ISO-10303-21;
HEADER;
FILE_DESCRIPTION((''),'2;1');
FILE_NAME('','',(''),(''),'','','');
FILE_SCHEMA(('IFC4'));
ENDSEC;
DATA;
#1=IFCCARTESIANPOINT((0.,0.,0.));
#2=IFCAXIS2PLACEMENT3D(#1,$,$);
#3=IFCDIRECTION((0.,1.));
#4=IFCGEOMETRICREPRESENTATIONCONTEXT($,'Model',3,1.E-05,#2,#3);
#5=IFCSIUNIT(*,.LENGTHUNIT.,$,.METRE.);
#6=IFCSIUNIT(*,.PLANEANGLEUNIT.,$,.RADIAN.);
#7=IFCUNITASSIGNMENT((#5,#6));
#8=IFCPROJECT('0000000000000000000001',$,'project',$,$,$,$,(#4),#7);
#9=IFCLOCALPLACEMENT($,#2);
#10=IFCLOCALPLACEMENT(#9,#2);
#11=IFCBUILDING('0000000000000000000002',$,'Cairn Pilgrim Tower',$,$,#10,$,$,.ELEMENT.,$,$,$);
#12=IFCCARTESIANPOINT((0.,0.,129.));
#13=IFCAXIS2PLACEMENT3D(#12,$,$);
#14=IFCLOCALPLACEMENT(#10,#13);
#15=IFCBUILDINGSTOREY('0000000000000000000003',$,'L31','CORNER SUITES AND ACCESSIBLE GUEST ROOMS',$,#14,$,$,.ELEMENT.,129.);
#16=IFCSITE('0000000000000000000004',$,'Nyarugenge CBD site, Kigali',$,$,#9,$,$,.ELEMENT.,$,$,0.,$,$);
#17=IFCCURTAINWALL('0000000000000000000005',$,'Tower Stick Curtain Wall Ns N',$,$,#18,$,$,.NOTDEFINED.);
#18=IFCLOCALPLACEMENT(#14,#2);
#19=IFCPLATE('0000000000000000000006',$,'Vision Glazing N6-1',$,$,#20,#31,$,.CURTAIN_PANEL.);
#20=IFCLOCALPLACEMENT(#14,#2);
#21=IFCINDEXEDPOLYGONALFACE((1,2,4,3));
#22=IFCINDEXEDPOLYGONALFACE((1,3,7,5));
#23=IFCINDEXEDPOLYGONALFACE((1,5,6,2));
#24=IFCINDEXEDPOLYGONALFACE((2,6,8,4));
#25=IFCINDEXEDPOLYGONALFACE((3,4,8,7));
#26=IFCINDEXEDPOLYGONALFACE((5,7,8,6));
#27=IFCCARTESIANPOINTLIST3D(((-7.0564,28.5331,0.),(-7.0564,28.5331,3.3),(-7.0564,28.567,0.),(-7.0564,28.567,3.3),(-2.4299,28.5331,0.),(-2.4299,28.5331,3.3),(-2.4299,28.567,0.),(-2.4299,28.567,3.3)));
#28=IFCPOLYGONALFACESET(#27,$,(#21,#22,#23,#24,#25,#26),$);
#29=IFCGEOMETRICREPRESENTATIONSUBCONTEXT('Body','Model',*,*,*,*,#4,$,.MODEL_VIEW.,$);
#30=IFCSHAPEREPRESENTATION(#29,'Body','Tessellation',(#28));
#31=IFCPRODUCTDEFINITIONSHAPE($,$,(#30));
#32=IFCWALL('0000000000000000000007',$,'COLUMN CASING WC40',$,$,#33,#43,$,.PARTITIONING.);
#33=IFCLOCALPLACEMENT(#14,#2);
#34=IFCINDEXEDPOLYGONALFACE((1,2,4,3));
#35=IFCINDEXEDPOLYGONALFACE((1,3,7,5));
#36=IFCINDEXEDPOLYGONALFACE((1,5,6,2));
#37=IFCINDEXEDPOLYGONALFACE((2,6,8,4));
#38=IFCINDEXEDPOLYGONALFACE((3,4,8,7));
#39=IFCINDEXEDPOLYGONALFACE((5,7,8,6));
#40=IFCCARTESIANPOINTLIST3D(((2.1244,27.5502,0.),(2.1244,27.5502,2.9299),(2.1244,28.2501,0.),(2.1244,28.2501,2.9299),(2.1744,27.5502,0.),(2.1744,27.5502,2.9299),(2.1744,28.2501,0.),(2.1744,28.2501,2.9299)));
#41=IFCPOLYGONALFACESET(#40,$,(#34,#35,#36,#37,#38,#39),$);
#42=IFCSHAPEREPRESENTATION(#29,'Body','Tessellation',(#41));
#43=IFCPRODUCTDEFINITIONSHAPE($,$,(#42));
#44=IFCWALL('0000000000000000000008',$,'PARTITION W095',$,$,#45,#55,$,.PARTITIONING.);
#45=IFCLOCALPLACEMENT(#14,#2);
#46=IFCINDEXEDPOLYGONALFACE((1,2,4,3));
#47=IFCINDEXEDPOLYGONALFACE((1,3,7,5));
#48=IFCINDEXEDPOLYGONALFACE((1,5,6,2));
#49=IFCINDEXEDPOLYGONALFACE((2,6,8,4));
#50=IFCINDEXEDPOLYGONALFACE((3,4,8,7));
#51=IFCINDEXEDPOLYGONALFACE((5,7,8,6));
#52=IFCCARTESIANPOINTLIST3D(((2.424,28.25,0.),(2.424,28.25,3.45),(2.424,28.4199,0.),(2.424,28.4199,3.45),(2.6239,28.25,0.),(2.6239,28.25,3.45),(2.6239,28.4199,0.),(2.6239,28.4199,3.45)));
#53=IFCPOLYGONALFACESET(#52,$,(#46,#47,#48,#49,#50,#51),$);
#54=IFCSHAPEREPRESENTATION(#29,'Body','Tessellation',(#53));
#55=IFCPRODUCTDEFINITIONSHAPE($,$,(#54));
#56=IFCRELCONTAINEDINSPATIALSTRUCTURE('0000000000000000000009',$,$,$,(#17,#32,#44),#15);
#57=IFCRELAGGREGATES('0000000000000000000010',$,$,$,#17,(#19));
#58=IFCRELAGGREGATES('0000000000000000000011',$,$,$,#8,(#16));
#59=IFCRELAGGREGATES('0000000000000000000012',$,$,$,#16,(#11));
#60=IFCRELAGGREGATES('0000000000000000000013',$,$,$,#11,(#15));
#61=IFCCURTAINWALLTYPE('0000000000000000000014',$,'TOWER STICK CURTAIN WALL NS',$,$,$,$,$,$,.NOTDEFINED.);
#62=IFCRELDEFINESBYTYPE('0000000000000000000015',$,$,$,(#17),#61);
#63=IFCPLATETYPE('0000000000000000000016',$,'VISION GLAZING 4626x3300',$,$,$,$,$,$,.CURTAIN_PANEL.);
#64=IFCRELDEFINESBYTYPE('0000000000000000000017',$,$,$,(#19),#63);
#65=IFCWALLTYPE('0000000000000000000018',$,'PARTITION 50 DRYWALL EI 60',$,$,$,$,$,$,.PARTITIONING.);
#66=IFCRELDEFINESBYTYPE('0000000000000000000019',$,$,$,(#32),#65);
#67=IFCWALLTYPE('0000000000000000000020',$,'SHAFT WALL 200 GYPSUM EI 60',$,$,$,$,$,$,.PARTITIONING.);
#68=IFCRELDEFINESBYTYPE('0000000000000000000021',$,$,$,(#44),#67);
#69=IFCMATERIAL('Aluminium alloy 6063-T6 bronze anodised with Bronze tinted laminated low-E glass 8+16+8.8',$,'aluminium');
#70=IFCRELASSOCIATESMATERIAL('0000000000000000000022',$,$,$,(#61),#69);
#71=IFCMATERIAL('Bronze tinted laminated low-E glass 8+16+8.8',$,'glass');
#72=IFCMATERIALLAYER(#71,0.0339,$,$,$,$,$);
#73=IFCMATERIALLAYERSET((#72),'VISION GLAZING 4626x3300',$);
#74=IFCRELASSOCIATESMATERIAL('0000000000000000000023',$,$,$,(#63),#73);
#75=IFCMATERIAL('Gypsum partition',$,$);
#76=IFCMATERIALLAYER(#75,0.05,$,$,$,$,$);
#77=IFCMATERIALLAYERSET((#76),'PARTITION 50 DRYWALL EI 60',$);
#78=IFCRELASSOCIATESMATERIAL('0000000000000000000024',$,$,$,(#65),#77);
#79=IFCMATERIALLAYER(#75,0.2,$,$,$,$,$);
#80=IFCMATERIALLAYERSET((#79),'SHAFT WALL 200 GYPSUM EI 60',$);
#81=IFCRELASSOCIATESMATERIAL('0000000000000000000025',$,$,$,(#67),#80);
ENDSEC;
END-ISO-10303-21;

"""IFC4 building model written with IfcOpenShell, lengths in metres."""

from ifc_helpers import new_model, si_unit, direction, frame, frame_2d, origin, origin_2d, place, context, subcontext, project, spatial, rectangle, extrude, material, layer, layer_set, type_object, element, aggregate, save


model = new_model("IFC4")

# Units and contexts
model_context = context("Model", 3, precision=1e-05, world=origin(), true_north=direction((0.0, 1.0)))
body_context = subcontext(model_context, "Body", "Model", "MODEL_VIEW")
ifc_project = project(units=[si_unit("LENGTHUNIT", "METRE"), si_unit("PLANEANGLEUNIT", "RADIAN")], contexts=[model_context])

# Site, building, storey
site_placement = place(None, origin())
site = spatial("IfcSite", under=ifc_project, at=site_placement, Name="Nyarugenge CBD site, Kigali", CompositionType="ELEMENT", RefElevation=0.0)
building_placement = place(site_placement, origin())
building = spatial("IfcBuilding", under=site, at=building_placement, Name="Cairn Pilgrim Tower", CompositionType="ELEMENT")
storey_placement = place(building_placement, frame((0.0, 0.0, 129.0)))
storey = spatial("IfcBuildingStorey", under=building, at=storey_placement, Name="L31", Description="CORNER SUITES AND ACCESSIBLE GUEST ROOMS", CompositionType="ELEMENT", Elevation=129.0)

# Curtain wall
ifc_material_1 = material(Name="Aluminium alloy 6063-T6 bronze anodised with Bronze tinted laminated low-E glass 8+16+8.8", Category="aluminium")
curtain_wall_type_1 = type_object("IfcCurtainWallType", Name="TOWER STICK CURTAIN WALL NS", PredefinedType="NOTDEFINED", material=ifc_material_1)
curtain_wall_1_placement = place(storey_placement, origin())
curtain_wall_1 = element("IfcCurtainWall", 1, at=curtain_wall_1_placement, inside=storey, type_object=curtain_wall_type_1, Name="Tower Stick Curtain Wall Ns N", PredefinedType="NOTDEFINED")

# Plate
ifc_material_2 = material(Name="Bronze tinted laminated low-E glass 8+16+8.8", Category="glass")
ifc_layer_1 = layer(ifc_material_2, 0.0339)
ifc_layer_set_1 = layer_set([ifc_layer_1], Name="VISION GLAZING 4626x3300")
plate_type = type_object("IfcPlateType", Name="VISION GLAZING 4626x3300", PredefinedType="CURTAIN_PANEL", material=ifc_layer_set_1)
plate_placement = place(storey_placement, frame((-4.7432, 28.55, 0.0), z_axis=(0.0, 0.0, 1.0), x_axis=(-1.0, 0.0, 0.0)))
plate = element("IfcPlate", 2, at=plate_placement, type_object=plate_type, Name="Vision Glazing N6-1", PredefinedType="CURTAIN_PANEL", context=body_context, shape_type="SweptSolid", body=[
    extrude(rectangle(XDim=4.6265, YDim=0.0339, at=origin_2d()), origin(), (0.0, 0.0, 1.0), 3.3),
])
aggregate(curtain_wall_1, [plate])

# Walls
ifc_material_3 = material(Name="Gypsum partition")
ifc_layer_2 = layer(ifc_material_3, 0.05)
ifc_layer_set_2 = layer_set([ifc_layer_2], Name="PARTITION 50 DRYWALL EI 60")
wall_type_1 = type_object("IfcWallType", Name="PARTITION 50 DRYWALL EI 60", PredefinedType="PARTITIONING", material=ifc_layer_set_2)
wall_1_placement = place(storey_placement, frame((2.1494, 27.55, 0.0), z_axis=(0.0, 0.0, 1.0), x_axis=(0.0, 1.0, 0.0)))
element("IfcWall", 3, at=wall_1_placement, inside=storey, type_object=wall_type_1, Name="COLUMN CASING WC40", PredefinedType="PARTITIONING", context=body_context, shape_type="SweptSolid", body=[
    extrude(rectangle(XDim=0.7, YDim=0.05, at=frame_2d((0.3501, 0.0))), origin(), (0.0, 0.0, 1.0), 2.9299),
])
ifc_layer_3 = layer(ifc_material_3, 0.2)
ifc_layer_set_3 = layer_set([ifc_layer_3], Name="SHAFT WALL 200 GYPSUM EI 60")
wall_type_2 = type_object("IfcWallType", Name="SHAFT WALL 200 GYPSUM EI 60", PredefinedType="PARTITIONING", material=ifc_layer_set_3)
wall_2_placement = place(storey_placement, frame((2.5239, 28.25, 0.0), z_axis=(0.0, 0.0, 1.0), x_axis=(0.0, 1.0, 0.0)))
element("IfcWall", 4, at=wall_2_placement, inside=storey, type_object=wall_type_2, Name="PARTITION W095", PredefinedType="PARTITIONING", context=body_context, shape_type="SweptSolid", body=[
    extrude(rectangle(XDim=0.1699, YDim=0.2, at=frame_2d((0.085, 0.0))), origin(), (0.0, 0.0, 1.0), 3.45),
])

save(model, "model.ifc")
